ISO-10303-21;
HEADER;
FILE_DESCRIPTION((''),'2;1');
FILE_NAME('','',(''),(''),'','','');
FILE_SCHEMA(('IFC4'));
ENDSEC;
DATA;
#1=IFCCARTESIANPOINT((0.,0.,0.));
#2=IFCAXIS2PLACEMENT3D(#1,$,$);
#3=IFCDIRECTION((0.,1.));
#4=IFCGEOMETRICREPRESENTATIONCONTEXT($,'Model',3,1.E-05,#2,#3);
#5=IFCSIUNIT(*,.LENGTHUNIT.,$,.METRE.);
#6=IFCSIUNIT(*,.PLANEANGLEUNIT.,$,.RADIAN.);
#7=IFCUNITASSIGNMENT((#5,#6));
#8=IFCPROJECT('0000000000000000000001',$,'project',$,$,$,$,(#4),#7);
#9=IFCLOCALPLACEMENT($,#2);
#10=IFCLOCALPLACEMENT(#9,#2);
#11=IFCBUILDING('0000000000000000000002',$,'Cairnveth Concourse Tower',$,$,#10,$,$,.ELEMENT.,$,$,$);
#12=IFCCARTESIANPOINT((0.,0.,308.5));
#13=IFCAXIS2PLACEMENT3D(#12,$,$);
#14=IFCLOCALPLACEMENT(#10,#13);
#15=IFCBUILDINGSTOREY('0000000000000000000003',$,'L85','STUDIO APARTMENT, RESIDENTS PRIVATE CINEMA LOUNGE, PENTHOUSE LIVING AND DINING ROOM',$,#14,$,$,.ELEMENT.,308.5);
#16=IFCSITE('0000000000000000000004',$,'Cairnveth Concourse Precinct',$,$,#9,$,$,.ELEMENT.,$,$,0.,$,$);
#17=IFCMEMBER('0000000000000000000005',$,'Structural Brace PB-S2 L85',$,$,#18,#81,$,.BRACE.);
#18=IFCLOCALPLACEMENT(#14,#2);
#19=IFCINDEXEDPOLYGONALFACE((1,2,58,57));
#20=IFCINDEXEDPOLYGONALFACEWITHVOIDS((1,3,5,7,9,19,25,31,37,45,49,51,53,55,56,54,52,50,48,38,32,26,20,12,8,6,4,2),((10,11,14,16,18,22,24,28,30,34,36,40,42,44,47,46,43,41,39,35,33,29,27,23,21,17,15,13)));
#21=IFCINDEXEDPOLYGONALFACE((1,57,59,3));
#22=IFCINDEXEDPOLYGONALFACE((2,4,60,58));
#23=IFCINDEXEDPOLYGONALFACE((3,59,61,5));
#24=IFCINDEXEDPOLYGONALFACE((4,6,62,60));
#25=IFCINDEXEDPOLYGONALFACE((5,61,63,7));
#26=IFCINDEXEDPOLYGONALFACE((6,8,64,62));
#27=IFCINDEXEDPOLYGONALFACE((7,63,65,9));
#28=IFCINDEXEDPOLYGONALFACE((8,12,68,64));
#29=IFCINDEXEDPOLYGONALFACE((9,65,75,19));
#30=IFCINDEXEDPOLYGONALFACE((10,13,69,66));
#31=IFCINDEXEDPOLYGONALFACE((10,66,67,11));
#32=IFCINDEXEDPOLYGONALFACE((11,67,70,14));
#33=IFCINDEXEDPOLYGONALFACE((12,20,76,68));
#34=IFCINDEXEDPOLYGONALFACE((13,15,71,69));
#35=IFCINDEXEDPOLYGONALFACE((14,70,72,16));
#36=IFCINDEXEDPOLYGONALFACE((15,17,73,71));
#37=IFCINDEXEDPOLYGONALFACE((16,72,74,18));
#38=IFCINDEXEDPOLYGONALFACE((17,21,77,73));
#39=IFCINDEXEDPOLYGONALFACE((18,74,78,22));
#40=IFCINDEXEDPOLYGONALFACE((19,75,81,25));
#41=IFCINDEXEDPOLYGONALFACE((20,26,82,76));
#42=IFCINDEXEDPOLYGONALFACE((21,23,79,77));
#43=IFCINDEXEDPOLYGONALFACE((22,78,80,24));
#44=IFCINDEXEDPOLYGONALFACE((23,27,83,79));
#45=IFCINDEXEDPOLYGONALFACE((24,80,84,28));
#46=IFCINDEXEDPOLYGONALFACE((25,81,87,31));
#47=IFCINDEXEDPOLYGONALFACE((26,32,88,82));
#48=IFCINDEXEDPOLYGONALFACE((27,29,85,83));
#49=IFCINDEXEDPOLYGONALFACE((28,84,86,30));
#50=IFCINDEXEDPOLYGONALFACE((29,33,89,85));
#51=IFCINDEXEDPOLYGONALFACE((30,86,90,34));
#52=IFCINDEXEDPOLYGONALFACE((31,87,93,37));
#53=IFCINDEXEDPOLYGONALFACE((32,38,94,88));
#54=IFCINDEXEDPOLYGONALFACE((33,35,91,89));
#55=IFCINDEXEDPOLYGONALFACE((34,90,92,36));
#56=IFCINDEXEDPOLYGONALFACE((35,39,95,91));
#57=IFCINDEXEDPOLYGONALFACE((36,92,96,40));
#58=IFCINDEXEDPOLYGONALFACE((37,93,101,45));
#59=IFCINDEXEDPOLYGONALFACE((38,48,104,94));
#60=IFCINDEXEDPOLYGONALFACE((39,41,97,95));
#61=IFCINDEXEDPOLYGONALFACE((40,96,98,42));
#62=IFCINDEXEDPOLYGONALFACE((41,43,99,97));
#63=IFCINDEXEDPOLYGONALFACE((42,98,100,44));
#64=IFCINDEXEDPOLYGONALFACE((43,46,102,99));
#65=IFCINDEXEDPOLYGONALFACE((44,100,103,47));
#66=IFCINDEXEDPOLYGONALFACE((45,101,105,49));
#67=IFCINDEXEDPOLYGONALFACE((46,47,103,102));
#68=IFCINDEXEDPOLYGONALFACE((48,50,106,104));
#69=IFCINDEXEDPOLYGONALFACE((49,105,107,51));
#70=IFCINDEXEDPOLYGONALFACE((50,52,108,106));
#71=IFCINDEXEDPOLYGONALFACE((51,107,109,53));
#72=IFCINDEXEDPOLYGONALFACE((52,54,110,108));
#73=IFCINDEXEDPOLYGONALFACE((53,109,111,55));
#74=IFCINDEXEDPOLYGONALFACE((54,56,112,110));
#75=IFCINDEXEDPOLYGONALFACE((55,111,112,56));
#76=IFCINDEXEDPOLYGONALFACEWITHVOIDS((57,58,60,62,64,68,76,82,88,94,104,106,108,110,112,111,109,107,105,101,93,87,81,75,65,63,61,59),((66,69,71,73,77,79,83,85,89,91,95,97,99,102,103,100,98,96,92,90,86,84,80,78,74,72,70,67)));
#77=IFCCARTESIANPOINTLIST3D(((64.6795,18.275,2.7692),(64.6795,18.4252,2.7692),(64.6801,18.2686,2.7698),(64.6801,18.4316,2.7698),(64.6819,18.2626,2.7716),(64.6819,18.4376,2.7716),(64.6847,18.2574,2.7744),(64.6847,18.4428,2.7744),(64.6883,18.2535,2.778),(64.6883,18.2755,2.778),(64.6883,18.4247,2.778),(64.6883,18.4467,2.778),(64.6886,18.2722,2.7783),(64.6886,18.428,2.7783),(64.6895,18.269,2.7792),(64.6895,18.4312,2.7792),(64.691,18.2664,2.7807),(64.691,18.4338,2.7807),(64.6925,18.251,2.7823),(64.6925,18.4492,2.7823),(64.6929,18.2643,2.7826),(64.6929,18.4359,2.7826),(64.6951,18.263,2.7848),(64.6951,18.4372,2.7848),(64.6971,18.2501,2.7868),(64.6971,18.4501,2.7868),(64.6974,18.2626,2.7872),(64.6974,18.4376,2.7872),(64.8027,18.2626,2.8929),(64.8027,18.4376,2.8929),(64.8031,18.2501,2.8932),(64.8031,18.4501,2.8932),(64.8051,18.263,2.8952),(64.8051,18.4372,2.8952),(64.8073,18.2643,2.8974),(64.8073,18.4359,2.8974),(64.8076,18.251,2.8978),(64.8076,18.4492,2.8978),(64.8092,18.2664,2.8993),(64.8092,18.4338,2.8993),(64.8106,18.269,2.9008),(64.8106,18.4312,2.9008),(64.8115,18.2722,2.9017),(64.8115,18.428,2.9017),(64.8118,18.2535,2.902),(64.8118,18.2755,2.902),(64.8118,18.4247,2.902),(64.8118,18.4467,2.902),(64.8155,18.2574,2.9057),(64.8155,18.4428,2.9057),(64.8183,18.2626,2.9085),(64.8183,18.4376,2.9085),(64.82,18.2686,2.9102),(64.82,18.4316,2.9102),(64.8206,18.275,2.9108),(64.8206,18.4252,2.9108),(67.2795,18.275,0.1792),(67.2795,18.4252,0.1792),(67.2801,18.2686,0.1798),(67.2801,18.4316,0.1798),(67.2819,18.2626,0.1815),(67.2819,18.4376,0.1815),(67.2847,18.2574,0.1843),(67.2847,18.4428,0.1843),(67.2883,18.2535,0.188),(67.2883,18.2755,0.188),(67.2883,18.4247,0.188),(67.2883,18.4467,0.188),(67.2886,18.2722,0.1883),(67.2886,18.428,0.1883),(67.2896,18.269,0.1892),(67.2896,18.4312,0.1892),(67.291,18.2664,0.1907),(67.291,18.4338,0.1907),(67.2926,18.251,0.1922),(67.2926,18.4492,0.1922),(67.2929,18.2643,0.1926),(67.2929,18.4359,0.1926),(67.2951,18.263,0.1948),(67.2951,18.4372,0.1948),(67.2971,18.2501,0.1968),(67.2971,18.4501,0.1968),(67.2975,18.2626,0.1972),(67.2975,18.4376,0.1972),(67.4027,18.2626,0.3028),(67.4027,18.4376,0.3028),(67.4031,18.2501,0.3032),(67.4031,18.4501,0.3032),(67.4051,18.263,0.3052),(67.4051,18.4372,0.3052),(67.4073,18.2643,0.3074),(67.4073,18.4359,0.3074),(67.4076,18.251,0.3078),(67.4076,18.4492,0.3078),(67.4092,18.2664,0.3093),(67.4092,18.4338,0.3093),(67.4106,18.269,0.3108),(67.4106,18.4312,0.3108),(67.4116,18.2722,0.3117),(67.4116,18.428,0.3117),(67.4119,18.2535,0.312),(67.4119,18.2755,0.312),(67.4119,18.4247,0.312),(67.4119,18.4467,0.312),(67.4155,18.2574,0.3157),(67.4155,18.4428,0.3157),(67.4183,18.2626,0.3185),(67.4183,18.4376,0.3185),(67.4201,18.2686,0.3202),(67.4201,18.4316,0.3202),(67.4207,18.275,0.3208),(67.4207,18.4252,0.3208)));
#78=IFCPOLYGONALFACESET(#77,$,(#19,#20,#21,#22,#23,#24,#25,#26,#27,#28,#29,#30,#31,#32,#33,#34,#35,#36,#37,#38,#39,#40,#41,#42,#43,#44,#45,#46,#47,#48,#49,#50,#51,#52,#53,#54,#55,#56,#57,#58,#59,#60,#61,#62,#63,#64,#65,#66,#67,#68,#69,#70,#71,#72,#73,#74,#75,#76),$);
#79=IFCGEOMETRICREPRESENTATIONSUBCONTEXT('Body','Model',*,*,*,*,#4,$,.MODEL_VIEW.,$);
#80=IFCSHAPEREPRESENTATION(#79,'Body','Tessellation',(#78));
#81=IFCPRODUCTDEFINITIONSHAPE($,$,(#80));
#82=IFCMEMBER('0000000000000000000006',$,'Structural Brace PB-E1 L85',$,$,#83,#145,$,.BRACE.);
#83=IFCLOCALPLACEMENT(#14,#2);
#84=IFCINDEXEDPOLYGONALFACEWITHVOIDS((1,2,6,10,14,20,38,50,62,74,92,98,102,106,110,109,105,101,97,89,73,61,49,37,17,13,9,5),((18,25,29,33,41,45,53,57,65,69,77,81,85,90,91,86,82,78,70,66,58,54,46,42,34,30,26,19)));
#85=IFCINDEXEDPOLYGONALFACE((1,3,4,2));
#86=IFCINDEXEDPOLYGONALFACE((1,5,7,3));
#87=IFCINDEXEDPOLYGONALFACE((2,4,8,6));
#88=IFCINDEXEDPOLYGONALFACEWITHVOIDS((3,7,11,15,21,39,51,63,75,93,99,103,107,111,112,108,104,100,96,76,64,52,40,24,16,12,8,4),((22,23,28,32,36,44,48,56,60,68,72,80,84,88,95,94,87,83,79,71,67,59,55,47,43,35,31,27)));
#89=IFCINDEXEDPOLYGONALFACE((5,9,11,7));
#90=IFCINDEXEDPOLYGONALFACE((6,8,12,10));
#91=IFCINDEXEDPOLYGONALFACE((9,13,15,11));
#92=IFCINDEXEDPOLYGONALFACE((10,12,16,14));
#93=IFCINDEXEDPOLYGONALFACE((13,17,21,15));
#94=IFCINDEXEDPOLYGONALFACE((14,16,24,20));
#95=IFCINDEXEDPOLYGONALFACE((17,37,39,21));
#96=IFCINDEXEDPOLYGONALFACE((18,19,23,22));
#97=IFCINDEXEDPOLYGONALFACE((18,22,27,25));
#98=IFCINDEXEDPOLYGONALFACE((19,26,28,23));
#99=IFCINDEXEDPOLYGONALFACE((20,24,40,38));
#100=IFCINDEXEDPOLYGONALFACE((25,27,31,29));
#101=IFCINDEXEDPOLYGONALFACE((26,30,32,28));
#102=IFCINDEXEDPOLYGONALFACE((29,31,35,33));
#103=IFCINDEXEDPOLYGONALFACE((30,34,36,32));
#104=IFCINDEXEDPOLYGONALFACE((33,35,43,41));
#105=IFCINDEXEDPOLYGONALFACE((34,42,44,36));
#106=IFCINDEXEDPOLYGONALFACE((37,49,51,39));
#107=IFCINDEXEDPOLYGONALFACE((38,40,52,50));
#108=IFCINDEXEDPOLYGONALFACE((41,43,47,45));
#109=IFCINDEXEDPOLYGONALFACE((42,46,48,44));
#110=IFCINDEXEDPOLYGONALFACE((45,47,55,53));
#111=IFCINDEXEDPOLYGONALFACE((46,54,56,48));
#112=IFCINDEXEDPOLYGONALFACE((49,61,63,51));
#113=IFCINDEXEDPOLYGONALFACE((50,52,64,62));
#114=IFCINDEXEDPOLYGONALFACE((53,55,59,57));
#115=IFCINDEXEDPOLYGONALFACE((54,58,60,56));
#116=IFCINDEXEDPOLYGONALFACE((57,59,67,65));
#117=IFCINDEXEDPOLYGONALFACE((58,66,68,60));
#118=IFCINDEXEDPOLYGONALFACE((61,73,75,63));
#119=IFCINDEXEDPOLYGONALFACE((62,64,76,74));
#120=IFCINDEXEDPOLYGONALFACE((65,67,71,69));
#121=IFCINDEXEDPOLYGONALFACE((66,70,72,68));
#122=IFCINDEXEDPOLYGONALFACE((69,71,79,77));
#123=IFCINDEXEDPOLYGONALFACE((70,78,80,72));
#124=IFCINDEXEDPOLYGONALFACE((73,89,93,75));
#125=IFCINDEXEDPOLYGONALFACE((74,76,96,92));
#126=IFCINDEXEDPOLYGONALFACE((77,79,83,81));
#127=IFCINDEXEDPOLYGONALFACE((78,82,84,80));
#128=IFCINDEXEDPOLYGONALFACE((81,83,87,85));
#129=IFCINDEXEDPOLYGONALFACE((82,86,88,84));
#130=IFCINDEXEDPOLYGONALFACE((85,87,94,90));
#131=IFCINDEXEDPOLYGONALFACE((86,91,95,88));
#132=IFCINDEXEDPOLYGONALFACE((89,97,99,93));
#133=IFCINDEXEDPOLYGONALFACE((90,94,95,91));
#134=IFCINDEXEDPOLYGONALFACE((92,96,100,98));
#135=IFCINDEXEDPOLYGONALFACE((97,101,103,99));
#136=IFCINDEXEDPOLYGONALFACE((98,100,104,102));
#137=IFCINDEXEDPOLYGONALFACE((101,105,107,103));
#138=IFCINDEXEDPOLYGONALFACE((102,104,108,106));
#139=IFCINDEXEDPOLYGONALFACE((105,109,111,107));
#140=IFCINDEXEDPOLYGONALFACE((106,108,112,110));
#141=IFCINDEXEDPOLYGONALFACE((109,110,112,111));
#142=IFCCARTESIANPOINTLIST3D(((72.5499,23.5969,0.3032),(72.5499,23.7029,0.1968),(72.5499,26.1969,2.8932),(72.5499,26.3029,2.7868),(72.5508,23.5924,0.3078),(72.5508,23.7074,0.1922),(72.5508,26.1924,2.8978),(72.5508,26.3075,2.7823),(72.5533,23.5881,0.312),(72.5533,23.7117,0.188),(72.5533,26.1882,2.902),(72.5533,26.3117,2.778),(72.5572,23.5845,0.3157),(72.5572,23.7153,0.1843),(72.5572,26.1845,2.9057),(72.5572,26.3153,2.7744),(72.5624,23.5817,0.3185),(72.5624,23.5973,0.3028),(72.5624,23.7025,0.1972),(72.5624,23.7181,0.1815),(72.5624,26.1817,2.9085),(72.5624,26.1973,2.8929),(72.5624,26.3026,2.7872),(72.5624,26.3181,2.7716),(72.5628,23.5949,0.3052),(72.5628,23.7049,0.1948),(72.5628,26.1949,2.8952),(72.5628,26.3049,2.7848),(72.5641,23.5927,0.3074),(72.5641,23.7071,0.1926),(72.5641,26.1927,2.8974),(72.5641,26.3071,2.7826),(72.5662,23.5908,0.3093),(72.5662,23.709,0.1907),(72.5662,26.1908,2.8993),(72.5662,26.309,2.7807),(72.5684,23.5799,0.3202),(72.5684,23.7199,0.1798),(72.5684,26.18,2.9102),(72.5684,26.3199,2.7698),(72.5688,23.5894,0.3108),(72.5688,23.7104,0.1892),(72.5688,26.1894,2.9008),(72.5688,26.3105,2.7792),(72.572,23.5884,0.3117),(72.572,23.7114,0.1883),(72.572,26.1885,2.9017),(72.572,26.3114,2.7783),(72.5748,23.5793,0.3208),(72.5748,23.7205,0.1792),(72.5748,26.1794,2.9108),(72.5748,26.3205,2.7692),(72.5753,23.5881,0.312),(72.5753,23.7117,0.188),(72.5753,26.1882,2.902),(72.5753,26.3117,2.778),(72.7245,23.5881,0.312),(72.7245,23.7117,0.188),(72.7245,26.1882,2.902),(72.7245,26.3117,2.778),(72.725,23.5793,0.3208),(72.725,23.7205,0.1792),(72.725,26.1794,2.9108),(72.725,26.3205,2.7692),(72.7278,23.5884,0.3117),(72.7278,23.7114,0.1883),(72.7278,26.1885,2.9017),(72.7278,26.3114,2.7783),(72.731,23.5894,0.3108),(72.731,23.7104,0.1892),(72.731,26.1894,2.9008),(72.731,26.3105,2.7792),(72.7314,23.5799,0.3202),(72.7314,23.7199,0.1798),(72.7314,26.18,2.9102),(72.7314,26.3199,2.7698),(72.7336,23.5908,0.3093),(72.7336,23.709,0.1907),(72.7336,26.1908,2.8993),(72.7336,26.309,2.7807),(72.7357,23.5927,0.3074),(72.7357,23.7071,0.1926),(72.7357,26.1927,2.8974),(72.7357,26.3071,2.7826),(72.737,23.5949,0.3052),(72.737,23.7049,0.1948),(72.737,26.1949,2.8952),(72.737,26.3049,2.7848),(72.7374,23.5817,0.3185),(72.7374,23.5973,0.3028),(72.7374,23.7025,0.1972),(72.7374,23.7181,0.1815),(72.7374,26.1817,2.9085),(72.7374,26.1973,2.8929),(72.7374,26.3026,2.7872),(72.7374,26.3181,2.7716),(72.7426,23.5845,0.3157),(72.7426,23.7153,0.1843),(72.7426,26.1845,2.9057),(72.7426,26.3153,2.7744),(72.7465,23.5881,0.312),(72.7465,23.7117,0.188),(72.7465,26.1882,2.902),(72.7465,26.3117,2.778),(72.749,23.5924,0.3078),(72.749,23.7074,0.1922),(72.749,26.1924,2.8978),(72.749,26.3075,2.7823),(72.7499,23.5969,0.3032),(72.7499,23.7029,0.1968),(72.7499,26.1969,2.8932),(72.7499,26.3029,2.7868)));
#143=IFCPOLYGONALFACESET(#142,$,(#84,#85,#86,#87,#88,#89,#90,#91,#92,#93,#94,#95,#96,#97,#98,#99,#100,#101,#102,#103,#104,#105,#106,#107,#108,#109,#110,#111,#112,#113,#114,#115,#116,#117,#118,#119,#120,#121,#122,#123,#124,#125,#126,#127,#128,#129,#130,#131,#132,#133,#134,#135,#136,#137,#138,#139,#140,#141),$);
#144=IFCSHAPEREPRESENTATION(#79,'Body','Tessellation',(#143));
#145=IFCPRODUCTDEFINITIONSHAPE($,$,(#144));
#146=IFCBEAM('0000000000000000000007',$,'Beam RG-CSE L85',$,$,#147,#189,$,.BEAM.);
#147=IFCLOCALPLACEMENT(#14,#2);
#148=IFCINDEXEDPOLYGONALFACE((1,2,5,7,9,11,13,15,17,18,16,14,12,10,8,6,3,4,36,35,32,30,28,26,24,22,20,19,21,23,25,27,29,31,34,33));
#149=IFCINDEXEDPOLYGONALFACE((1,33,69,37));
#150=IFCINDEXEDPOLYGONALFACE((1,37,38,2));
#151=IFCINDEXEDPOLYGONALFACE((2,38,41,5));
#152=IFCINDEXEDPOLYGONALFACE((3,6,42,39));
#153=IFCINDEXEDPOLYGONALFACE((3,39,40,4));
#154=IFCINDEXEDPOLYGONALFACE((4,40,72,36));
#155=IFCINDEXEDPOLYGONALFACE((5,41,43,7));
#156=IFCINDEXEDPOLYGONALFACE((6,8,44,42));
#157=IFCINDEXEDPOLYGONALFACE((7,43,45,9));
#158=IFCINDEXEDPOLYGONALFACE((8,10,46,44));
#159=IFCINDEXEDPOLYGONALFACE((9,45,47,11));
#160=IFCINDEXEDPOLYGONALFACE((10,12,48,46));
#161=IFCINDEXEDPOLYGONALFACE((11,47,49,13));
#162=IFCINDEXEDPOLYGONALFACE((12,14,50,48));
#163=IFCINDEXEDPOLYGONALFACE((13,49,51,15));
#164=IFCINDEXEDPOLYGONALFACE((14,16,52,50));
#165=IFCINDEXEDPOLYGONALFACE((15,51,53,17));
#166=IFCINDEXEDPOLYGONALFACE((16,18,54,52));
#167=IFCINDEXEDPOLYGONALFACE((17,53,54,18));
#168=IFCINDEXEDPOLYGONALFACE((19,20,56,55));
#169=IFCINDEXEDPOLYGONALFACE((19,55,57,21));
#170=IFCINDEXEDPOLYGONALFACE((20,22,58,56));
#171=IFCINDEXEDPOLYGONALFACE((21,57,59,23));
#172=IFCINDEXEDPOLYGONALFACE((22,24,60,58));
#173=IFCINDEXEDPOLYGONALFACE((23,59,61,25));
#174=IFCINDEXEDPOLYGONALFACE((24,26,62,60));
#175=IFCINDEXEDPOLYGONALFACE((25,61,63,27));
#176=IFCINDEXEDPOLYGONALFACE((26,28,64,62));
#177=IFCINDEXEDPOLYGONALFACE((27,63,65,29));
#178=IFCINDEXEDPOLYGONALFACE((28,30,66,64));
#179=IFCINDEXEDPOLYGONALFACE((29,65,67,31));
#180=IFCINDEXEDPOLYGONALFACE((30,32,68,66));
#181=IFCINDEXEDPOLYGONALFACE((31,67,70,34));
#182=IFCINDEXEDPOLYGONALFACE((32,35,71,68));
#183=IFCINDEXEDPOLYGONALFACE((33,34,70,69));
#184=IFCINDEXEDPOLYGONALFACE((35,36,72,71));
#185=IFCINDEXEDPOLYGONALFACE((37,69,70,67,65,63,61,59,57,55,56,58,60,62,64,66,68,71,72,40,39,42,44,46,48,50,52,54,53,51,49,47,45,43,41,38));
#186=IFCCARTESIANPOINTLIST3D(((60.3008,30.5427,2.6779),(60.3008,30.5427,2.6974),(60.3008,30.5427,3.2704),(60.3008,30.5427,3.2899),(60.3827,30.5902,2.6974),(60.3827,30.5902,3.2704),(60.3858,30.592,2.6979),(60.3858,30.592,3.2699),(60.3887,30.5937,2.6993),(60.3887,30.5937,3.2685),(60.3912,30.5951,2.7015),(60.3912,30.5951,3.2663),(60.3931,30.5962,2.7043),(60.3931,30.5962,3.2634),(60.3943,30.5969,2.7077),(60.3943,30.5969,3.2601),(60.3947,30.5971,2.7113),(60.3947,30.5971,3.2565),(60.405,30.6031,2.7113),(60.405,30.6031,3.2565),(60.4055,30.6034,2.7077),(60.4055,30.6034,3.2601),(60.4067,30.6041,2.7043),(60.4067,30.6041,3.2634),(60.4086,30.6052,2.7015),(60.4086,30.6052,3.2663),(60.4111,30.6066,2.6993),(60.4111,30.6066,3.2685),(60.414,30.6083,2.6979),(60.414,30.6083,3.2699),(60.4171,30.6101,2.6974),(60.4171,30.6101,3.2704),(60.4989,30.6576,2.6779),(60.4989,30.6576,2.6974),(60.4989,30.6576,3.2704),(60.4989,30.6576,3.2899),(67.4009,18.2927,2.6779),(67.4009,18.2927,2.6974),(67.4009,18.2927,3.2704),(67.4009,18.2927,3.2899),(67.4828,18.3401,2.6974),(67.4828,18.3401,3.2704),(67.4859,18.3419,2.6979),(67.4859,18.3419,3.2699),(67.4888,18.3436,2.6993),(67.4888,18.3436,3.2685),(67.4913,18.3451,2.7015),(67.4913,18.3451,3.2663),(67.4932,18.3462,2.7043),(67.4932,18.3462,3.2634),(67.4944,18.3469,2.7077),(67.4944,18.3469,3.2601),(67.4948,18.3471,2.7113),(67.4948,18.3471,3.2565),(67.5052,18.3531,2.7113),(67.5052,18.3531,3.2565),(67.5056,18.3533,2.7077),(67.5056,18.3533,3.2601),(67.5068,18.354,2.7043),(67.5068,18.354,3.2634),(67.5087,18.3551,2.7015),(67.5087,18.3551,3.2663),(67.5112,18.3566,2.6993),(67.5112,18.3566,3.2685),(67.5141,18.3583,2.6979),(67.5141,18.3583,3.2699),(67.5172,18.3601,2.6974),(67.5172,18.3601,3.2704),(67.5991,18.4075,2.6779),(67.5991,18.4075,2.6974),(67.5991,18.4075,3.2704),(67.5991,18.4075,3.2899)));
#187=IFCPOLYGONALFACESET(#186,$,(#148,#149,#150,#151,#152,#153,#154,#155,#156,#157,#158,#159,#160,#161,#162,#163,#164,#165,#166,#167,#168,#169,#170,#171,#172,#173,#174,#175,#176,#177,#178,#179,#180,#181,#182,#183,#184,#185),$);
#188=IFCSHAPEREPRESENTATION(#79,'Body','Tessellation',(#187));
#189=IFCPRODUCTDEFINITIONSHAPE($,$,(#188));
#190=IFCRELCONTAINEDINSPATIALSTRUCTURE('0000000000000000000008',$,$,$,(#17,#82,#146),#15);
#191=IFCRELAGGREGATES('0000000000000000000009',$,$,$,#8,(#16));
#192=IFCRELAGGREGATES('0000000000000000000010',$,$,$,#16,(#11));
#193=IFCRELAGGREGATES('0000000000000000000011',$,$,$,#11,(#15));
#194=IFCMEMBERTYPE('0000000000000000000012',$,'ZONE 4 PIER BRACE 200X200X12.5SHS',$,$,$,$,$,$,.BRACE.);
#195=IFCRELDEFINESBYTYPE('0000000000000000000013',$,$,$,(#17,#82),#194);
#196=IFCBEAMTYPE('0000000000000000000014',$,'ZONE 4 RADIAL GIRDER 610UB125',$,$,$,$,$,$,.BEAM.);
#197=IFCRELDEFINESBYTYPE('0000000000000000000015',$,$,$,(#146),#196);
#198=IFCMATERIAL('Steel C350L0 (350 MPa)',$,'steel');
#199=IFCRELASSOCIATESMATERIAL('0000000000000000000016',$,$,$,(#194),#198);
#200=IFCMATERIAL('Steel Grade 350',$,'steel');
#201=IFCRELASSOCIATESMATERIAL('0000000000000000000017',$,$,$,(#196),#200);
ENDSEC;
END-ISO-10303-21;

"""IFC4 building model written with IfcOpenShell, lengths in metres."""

from ifc_helpers import new_model, si_unit, direction, frame, origin, origin_2d, place, context, subcontext, project, spatial, hollow_rectangle, i_section, extrude, material, material_profile, profile_set, type_object, element, save


model = new_model("IFC4")

# Units and contexts
model_context = context("Model", 3, precision=1e-05, world=origin(), true_north=direction((0.0, 1.0)))
body_context = subcontext(model_context, "Body", "Model", "MODEL_VIEW")
ifc_project = project(units=[si_unit("LENGTHUNIT", "METRE"), si_unit("PLANEANGLEUNIT", "RADIAN")], contexts=[model_context])

# Site, building, storey
site_placement = place(None, origin())
site = spatial("IfcSite", under=ifc_project, at=site_placement, Name="Cairnveth Concourse Precinct", CompositionType="ELEMENT", RefElevation=0.0)
building_placement = place(site_placement, origin())
building = spatial("IfcBuilding", under=site, at=building_placement, Name="Cairnveth Concourse Tower", CompositionType="ELEMENT")
storey_placement = place(building_placement, frame((0.0, 0.0, 308.5)))
storey = spatial("IfcBuildingStorey", under=building, at=storey_placement, Name="L85", Description="STUDIO APARTMENT, RESIDENTS PRIVATE CINEMA LOUNGE, PENTHOUSE LIVING AND DINING ROOM", CompositionType="ELEMENT", Elevation=308.5)

# Shared definitions
ifc_material_1 = material(Name="Steel Grade 350", Category="steel")

# Members
ifc_material_2 = material(Name="Steel C350L0 (350 MPa)", Category="steel")
ifc_material_profile_1 = material_profile(ifc_material_2, hollow_rectangle(XDim=0.2, YDim=0.2, WallThickness=0.0125, InnerFilletRadius=0.0129, OuterFilletRadius=0.0249, at=origin_2d()), Name="200x200x12.5SHS")
ifc_profile_set_1 = profile_set([ifc_material_profile_1], Name="Steel C350L0 (350 MPa)")
member_type = type_object("IfcMemberType", Name="ZONE 4 PIER BRACE 200X200X12.5SHS", PredefinedType="BRACE", material=ifc_profile_set_1)
for number, where, z_axis, x_axis, name in (
    (1, (67.3501, 18.3501, 0.25), (-0.708469, 0.0, 0.705742), (0.0, -1.0, 0.0), "Structural Brace PB-S2 L85"),
    (2, (72.6499, 23.6499, 0.25), (0.0, 0.708469, 0.705742), (-1.0, 0.0, 0.0), "Structural Brace PB-E1 L85"),
):
    element("IfcMember", number, at=place(storey_placement, frame(where, z_axis=z_axis, x_axis=x_axis)), inside=storey, type_object=member_type, Name=name, PredefinedType="BRACE", context=body_context, shape_type="SweptSolid", body=[
        extrude(hollow_rectangle(XDim=0.2, YDim=0.2, WallThickness=0.0125, InnerFilletRadius=0.0129, OuterFilletRadius=0.0249, at=origin_2d()), origin(), (0.0, 0.0, 1.0), 3.6699),
    ])

# Beam
ifc_material_profile_2 = material_profile(ifc_material_1, i_section(OverallWidth=0.229, OverallDepth=0.6121, WebThickness=0.012, FlangeThickness=0.0195, FilletRadius=0.0139, at=origin_2d()), Name="610UB125")
ifc_profile_set_2 = profile_set([ifc_material_profile_2], Name="Steel Grade 350")
beam_type_1 = type_object("IfcBeamType", Name="ZONE 4 RADIAL GIRDER 610UB125", PredefinedType="BEAM", material=ifc_profile_set_2)
beam_1_placement = place(storey_placement, frame((67.5, 18.3501, 2.9839), z_axis=(-0.501459, 0.865181, 0.0), x_axis=(-0.865181, -0.501459, 0.0)))
element("IfcBeam", 3, at=beam_1_placement, inside=storey, type_object=beam_type_1, Name="Beam RG-CSE L85", PredefinedType="BEAM", context=body_context, shape_type="SweptSolid", body=[
    extrude(i_section(OverallWidth=0.229, OverallDepth=0.6121, WebThickness=0.012, FlangeThickness=0.0195, FilletRadius=0.0139, at=origin_2d()), origin(), (0.0, 0.0, 1.0), 14.1589),
])

save(model, "model.ifc")
